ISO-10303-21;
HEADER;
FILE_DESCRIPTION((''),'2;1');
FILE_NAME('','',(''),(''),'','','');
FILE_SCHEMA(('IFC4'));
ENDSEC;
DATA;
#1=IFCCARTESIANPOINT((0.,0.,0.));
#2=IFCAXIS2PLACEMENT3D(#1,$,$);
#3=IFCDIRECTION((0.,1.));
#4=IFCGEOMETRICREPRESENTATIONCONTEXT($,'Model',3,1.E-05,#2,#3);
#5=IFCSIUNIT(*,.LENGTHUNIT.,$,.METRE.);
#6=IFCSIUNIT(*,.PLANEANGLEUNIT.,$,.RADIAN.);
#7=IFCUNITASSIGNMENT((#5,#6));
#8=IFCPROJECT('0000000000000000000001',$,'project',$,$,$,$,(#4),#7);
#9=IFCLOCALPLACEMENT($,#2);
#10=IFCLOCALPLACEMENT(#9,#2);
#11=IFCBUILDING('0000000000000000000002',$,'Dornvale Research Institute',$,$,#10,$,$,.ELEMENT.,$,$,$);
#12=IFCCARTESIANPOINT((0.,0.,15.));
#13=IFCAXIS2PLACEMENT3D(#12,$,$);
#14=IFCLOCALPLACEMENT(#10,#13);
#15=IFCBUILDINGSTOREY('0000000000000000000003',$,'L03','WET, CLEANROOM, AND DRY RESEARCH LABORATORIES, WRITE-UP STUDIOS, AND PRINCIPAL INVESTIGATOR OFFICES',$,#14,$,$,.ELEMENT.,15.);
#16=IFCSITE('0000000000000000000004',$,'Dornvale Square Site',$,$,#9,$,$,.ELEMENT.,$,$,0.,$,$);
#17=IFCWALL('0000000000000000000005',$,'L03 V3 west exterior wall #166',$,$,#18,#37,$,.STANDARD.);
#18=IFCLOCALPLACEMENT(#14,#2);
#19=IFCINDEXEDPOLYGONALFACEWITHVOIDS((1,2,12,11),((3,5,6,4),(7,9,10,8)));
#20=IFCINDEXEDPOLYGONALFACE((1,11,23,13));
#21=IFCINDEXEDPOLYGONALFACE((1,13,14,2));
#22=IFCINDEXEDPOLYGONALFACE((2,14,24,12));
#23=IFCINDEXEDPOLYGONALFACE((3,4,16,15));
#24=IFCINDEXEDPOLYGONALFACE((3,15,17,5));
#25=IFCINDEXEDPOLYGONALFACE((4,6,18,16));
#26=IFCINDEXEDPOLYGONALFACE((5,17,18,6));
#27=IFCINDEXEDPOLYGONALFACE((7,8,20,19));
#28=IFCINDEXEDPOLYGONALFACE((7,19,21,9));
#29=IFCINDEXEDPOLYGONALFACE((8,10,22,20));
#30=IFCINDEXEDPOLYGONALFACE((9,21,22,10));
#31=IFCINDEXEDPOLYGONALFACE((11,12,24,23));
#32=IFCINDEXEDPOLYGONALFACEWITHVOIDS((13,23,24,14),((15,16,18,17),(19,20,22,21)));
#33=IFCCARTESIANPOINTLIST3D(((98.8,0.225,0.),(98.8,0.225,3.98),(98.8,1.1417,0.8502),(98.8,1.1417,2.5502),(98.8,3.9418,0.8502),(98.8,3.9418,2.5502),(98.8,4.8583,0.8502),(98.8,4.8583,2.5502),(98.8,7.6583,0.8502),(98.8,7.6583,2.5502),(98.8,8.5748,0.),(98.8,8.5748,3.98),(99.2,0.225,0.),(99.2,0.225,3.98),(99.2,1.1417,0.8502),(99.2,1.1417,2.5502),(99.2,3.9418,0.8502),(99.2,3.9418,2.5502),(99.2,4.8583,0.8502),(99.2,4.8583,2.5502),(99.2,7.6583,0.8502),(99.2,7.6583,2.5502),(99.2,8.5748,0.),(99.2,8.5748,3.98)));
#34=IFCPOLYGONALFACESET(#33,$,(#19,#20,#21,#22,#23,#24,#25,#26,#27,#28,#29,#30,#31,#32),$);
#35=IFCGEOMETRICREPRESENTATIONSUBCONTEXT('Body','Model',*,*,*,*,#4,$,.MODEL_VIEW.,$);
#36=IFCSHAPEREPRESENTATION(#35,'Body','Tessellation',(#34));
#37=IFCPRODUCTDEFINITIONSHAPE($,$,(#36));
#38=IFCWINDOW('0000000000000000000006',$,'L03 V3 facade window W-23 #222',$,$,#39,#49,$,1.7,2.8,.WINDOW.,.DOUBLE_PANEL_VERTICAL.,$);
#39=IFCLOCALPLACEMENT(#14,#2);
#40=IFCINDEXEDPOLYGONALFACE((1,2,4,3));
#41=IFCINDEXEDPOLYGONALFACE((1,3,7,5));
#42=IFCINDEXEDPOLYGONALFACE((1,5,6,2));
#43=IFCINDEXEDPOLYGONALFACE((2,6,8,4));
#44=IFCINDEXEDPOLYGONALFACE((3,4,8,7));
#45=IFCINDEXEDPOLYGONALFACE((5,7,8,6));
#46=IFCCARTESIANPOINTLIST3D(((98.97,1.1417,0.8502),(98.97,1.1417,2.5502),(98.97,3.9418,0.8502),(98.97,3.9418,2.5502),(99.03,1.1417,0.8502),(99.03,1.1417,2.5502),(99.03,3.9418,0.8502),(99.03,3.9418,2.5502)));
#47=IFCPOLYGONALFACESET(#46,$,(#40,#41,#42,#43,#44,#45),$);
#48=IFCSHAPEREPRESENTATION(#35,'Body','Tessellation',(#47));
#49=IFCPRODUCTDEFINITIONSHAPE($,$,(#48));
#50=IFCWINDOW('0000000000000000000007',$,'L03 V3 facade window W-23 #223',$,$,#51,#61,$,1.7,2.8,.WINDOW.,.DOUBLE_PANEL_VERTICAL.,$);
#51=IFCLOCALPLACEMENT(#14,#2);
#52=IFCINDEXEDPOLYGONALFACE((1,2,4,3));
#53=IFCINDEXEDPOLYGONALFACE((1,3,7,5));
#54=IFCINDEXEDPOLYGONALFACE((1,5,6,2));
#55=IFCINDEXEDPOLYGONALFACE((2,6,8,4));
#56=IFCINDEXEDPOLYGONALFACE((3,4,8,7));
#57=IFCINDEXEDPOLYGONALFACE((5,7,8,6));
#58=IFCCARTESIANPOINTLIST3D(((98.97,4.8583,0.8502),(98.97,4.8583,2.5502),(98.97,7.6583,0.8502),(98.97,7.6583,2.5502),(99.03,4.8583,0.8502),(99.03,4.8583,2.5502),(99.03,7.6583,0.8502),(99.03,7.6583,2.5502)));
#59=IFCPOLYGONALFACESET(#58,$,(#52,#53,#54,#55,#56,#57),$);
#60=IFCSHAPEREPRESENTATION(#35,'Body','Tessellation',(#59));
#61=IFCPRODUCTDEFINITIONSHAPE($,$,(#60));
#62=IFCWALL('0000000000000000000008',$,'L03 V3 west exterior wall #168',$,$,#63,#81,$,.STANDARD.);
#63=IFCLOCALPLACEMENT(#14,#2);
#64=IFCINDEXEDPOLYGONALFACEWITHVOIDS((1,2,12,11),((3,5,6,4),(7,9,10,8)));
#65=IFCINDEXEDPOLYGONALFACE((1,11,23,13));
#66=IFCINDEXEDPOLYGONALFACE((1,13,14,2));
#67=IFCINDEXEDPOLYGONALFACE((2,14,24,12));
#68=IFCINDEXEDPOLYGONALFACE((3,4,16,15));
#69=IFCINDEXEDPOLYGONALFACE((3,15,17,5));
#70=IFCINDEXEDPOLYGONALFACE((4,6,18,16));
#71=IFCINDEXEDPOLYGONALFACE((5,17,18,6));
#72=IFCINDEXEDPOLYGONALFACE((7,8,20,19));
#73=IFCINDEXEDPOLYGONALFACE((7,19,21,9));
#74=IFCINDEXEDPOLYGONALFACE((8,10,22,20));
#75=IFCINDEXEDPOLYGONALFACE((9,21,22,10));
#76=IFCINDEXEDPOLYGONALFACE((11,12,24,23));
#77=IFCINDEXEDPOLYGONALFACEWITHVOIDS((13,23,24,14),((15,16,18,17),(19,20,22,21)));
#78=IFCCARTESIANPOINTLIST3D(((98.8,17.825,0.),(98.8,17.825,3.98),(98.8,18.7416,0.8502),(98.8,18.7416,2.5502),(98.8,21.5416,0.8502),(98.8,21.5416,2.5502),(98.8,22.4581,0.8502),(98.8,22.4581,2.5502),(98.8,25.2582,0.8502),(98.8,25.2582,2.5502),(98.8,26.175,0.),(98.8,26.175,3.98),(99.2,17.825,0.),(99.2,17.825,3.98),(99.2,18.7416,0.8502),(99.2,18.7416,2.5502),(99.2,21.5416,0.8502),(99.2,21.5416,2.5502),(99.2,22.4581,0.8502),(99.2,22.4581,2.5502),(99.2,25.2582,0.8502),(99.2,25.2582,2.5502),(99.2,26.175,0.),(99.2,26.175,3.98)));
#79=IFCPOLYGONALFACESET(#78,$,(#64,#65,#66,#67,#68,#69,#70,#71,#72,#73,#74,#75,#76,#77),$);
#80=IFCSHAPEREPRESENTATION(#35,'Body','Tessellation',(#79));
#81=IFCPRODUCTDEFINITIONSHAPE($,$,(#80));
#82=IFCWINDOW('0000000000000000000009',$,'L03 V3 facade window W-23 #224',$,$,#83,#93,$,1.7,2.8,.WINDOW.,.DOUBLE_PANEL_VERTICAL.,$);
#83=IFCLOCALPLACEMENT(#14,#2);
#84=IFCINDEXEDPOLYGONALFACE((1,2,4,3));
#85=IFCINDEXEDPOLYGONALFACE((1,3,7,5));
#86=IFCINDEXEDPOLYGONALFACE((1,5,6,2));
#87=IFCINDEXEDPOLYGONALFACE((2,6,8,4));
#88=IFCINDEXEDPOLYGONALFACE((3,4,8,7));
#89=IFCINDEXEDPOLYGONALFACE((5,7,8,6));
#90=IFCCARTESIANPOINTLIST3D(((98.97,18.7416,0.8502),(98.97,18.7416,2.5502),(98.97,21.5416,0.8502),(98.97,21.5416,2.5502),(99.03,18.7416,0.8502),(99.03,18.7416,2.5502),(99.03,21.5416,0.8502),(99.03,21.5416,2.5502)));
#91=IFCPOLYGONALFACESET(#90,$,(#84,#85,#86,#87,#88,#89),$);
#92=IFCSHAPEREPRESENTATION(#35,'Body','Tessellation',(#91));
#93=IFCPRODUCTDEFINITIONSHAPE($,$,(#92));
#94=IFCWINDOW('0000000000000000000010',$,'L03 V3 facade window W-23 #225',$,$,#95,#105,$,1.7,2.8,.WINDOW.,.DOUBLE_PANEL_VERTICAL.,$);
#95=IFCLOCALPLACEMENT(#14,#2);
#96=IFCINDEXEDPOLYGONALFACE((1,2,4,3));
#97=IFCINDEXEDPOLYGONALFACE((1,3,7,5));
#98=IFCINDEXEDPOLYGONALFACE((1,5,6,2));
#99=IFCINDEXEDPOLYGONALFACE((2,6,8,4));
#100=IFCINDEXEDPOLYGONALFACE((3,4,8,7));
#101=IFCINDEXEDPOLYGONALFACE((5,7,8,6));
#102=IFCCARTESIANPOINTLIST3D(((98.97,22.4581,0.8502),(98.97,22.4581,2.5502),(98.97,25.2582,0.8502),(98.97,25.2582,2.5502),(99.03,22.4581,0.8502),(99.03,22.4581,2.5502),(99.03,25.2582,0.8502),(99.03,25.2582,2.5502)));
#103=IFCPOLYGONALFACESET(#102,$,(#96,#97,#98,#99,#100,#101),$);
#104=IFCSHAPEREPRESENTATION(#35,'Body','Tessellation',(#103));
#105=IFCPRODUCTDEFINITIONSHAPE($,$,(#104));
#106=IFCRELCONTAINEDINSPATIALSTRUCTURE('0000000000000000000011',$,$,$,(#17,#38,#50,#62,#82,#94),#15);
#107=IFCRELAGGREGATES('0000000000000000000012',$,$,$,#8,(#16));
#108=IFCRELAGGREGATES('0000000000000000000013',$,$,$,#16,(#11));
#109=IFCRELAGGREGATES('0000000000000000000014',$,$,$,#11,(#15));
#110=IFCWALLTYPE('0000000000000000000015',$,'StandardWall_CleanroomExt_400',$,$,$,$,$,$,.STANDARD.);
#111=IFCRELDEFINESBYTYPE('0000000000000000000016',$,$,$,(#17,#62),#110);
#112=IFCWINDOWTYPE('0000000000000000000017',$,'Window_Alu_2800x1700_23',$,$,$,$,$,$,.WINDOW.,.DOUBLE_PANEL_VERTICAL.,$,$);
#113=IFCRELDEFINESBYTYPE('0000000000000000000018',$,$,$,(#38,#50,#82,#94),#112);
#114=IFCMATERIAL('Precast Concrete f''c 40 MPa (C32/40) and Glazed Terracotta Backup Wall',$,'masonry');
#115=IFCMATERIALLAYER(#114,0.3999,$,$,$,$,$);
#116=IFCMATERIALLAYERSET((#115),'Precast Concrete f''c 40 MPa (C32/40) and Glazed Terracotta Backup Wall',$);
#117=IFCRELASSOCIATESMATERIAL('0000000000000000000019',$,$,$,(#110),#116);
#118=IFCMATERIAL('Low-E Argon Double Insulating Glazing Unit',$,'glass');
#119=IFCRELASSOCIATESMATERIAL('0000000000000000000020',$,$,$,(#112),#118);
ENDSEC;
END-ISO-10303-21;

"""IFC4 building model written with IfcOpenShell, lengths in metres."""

from ifc_helpers import new_model, si_unit, direction, frame, frame_2d, origin, place, context, subcontext, project, spatial, rectangle, extrude, material, layer, layer_set, type_object, element, fill, save


model = new_model("IFC4")

# Units and contexts
model_context = context("Model", 3, precision=1e-05, world=origin(), true_north=direction((0.0, 1.0)))
body_context = subcontext(model_context, "Body", "Model", "MODEL_VIEW")
ifc_project = project(units=[si_unit("LENGTHUNIT", "METRE"), si_unit("PLANEANGLEUNIT", "RADIAN")], contexts=[model_context])

# Site, building, storey
site_placement = place(None, origin())
site = spatial("IfcSite", under=ifc_project, at=site_placement, Name="Dornvale Square Site", CompositionType="ELEMENT", RefElevation=0.0)
building_placement = place(site_placement, origin())
building = spatial("IfcBuilding", under=site, at=building_placement, Name="Dornvale Research Institute", CompositionType="ELEMENT")
storey_placement = place(building_placement, frame((0.0, 0.0, 15.0)))
storey = spatial("IfcBuildingStorey", under=building, at=storey_placement, Name="L03", Description="WET, CLEANROOM, AND DRY RESEARCH LABORATORIES, WRITE-UP STUDIOS, AND PRINCIPAL INVESTIGATOR OFFICES", CompositionType="ELEMENT", Elevation=15.0)

# Walls, openings, windows
ifc_material_1 = material(Name="Precast Concrete f'c 40 MPa (C32/40) and Glazed Terracotta Backup Wall", Category="masonry")
ifc_layer_1 = layer(ifc_material_1, 0.3999)
ifc_layer_set_1 = layer_set([ifc_layer_1], Name="Precast Concrete f'c 40 MPa (C32/40) and Glazed Terracotta Backup Wall")
wall_type_1 = type_object("IfcWallType", Name="StandardWall_CleanroomExt_400", PredefinedType="STANDARD", material=ifc_layer_set_1)
wall_1_placement = place(storey_placement, frame((99.0, 0.2251, 0.0), z_axis=(0.0, 0.0, 1.0), x_axis=(0.0, 1.0, 0.0)))
wall_1 = element("IfcWall", 1, at=wall_1_placement, inside=storey, type_object=wall_type_1, Name="L03 V3 west exterior wall #166", PredefinedType="STANDARD", context=body_context, shape_type="SweptSolid", body=[
    extrude(rectangle(XDim=8.3499, YDim=0.3999, at=frame_2d((4.1748, 0.0))), origin(), (0.0, 0.0, 1.0), 3.98),
])
opening_1_placement = place(wall_1_placement, frame((0.9167, 0.0, 0.8501)))
opening_1 = element("IfcOpeningElement", 2, at=opening_1_placement, cuts=wall_1, PredefinedType="OPENING", context=body_context, shape_type="SweptSolid", body=[
    extrude(rectangle(XDim=2.8, YDim=1.7, at=frame_2d((1.3999, 0.8501))), frame((0.0, 0.2148, 0.0), z_axis=(0.0, -1.0, 0.0), x_axis=(1.0, 0.0, 0.0)), (0.0, 0.0, 1.0), 0.4299),
])
opening_2_placement = place(wall_1_placement, frame((4.6333, 0.0, 0.8501)))
opening_2 = element("IfcOpeningElement", 3, at=opening_2_placement, cuts=wall_1, PredefinedType="OPENING", context=body_context, shape_type="SweptSolid", body=[
    extrude(rectangle(XDim=2.8, YDim=1.7, at=frame_2d((1.3999, 0.8501))), frame((0.0, 0.2148, 0.0), z_axis=(0.0, -1.0, 0.0), x_axis=(1.0, 0.0, 0.0)), (0.0, 0.0, 1.0), 0.4299),
])
ifc_material_2 = material(Name="Low-E Argon Double Insulating Glazing Unit", Category="glass")
window_type = type_object("IfcWindowType", Name="Window_Alu_2800x1700_23", PartitioningType="DOUBLE_PANEL_VERTICAL", PredefinedType="WINDOW", material=ifc_material_2)
window_1_placement = place(opening_1_placement, origin())
window_1 = element("IfcWindow", 4, at=window_1_placement, inside=storey, type_object=window_type, Name="L03 V3 facade window W-23 #222", OverallHeight=1.7, OverallWidth=2.8, PartitioningType="DOUBLE_PANEL_VERTICAL", PredefinedType="WINDOW", context=body_context, shape_type="SweptSolid", body=[
    extrude(rectangle(XDim=2.8, YDim=1.7, at=frame_2d((1.3999, 0.8501))), frame((0.0, 0.03, 0.0), z_axis=(0.0, -1.0, 0.0), x_axis=(1.0, 0.0, 0.0)), (0.0, 0.0, 1.0), 0.0601),
])
fill(opening_1, window_1)
window_2_placement = place(opening_2_placement, origin())
window_2 = element("IfcWindow", 5, at=window_2_placement, inside=storey, type_object=window_type, Name="L03 V3 facade window W-23 #223", OverallHeight=1.7, OverallWidth=2.8, PartitioningType="DOUBLE_PANEL_VERTICAL", PredefinedType="WINDOW", context=body_context, shape_type="SweptSolid", body=[
    extrude(rectangle(XDim=2.8, YDim=1.7, at=frame_2d((1.3999, 0.8501))), frame((0.0, 0.03, 0.0), z_axis=(0.0, -1.0, 0.0), x_axis=(1.0, 0.0, 0.0)), (0.0, 0.0, 1.0), 0.0601),
])
fill(opening_2, window_2)
wall_2_placement = place(storey_placement, frame((99.0, 17.825, 0.0), z_axis=(0.0, 0.0, 1.0), x_axis=(0.0, 1.0, 0.0)))
wall_2 = element("IfcWall", 6, at=wall_2_placement, inside=storey, type_object=wall_type_1, Name="L03 V3 west exterior wall #168", PredefinedType="STANDARD", context=body_context, shape_type="SweptSolid", body=[
    extrude(rectangle(XDim=8.3501, YDim=0.3999, at=frame_2d((4.175, 0.0))), origin(), (0.0, 0.0, 1.0), 3.98),
])
opening_3_placement = place(wall_2_placement, frame((0.9167, 0.0, 0.8501)))
opening_3 = element("IfcOpeningElement", 7, at=opening_3_placement, cuts=wall_2, PredefinedType="OPENING", context=body_context, shape_type="SweptSolid", body=[
    extrude(rectangle(XDim=2.8, YDim=1.7, at=frame_2d((1.3999, 0.8501))), frame((0.0, 0.2148, 0.0), z_axis=(0.0, -1.0, 0.0), x_axis=(1.0, 0.0, 0.0)), (0.0, 0.0, 1.0), 0.4299),
])
opening_4_placement = place(wall_2_placement, frame((4.6333, 0.0, 0.8501)))
opening_4 = element("IfcOpeningElement", 8, at=opening_4_placement, cuts=wall_2, PredefinedType="OPENING", context=body_context, shape_type="SweptSolid", body=[
    extrude(rectangle(XDim=2.8, YDim=1.7, at=frame_2d((1.3999, 0.8501))), frame((0.0, 0.2148, 0.0), z_axis=(0.0, -1.0, 0.0), x_axis=(1.0, 0.0, 0.0)), (0.0, 0.0, 1.0), 0.4299),
])
window_3_placement = place(opening_3_placement, origin())
window_3 = element("IfcWindow", 9, at=window_3_placement, inside=storey, type_object=window_type, Name="L03 V3 facade window W-23 #224", OverallHeight=1.7, OverallWidth=2.8, PartitioningType="DOUBLE_PANEL_VERTICAL", PredefinedType="WINDOW", context=body_context, shape_type="SweptSolid", body=[
    extrude(rectangle(XDim=2.8, YDim=1.7, at=frame_2d((1.3999, 0.8501))), frame((0.0, 0.03, 0.0), z_axis=(0.0, -1.0, 0.0), x_axis=(1.0, 0.0, 0.0)), (0.0, 0.0, 1.0), 0.0601),
])
fill(opening_3, window_3)
window_4_placement = place(opening_4_placement, origin())
window_4 = element("IfcWindow", 10, at=window_4_placement, inside=storey, type_object=window_type, Name="L03 V3 facade window W-23 #225", OverallHeight=1.7, OverallWidth=2.8, PartitioningType="DOUBLE_PANEL_VERTICAL", PredefinedType="WINDOW", context=body_context, shape_type="SweptSolid", body=[
    extrude(rectangle(XDim=2.8, YDim=1.7, at=frame_2d((1.3999, 0.8501))), frame((0.0, 0.03, 0.0), z_axis=(0.0, -1.0, 0.0), x_axis=(1.0, 0.0, 0.0)), (0.0, 0.0, 1.0), 0.0601),
])
fill(opening_4, window_4)

save(model, "model.ifc")
